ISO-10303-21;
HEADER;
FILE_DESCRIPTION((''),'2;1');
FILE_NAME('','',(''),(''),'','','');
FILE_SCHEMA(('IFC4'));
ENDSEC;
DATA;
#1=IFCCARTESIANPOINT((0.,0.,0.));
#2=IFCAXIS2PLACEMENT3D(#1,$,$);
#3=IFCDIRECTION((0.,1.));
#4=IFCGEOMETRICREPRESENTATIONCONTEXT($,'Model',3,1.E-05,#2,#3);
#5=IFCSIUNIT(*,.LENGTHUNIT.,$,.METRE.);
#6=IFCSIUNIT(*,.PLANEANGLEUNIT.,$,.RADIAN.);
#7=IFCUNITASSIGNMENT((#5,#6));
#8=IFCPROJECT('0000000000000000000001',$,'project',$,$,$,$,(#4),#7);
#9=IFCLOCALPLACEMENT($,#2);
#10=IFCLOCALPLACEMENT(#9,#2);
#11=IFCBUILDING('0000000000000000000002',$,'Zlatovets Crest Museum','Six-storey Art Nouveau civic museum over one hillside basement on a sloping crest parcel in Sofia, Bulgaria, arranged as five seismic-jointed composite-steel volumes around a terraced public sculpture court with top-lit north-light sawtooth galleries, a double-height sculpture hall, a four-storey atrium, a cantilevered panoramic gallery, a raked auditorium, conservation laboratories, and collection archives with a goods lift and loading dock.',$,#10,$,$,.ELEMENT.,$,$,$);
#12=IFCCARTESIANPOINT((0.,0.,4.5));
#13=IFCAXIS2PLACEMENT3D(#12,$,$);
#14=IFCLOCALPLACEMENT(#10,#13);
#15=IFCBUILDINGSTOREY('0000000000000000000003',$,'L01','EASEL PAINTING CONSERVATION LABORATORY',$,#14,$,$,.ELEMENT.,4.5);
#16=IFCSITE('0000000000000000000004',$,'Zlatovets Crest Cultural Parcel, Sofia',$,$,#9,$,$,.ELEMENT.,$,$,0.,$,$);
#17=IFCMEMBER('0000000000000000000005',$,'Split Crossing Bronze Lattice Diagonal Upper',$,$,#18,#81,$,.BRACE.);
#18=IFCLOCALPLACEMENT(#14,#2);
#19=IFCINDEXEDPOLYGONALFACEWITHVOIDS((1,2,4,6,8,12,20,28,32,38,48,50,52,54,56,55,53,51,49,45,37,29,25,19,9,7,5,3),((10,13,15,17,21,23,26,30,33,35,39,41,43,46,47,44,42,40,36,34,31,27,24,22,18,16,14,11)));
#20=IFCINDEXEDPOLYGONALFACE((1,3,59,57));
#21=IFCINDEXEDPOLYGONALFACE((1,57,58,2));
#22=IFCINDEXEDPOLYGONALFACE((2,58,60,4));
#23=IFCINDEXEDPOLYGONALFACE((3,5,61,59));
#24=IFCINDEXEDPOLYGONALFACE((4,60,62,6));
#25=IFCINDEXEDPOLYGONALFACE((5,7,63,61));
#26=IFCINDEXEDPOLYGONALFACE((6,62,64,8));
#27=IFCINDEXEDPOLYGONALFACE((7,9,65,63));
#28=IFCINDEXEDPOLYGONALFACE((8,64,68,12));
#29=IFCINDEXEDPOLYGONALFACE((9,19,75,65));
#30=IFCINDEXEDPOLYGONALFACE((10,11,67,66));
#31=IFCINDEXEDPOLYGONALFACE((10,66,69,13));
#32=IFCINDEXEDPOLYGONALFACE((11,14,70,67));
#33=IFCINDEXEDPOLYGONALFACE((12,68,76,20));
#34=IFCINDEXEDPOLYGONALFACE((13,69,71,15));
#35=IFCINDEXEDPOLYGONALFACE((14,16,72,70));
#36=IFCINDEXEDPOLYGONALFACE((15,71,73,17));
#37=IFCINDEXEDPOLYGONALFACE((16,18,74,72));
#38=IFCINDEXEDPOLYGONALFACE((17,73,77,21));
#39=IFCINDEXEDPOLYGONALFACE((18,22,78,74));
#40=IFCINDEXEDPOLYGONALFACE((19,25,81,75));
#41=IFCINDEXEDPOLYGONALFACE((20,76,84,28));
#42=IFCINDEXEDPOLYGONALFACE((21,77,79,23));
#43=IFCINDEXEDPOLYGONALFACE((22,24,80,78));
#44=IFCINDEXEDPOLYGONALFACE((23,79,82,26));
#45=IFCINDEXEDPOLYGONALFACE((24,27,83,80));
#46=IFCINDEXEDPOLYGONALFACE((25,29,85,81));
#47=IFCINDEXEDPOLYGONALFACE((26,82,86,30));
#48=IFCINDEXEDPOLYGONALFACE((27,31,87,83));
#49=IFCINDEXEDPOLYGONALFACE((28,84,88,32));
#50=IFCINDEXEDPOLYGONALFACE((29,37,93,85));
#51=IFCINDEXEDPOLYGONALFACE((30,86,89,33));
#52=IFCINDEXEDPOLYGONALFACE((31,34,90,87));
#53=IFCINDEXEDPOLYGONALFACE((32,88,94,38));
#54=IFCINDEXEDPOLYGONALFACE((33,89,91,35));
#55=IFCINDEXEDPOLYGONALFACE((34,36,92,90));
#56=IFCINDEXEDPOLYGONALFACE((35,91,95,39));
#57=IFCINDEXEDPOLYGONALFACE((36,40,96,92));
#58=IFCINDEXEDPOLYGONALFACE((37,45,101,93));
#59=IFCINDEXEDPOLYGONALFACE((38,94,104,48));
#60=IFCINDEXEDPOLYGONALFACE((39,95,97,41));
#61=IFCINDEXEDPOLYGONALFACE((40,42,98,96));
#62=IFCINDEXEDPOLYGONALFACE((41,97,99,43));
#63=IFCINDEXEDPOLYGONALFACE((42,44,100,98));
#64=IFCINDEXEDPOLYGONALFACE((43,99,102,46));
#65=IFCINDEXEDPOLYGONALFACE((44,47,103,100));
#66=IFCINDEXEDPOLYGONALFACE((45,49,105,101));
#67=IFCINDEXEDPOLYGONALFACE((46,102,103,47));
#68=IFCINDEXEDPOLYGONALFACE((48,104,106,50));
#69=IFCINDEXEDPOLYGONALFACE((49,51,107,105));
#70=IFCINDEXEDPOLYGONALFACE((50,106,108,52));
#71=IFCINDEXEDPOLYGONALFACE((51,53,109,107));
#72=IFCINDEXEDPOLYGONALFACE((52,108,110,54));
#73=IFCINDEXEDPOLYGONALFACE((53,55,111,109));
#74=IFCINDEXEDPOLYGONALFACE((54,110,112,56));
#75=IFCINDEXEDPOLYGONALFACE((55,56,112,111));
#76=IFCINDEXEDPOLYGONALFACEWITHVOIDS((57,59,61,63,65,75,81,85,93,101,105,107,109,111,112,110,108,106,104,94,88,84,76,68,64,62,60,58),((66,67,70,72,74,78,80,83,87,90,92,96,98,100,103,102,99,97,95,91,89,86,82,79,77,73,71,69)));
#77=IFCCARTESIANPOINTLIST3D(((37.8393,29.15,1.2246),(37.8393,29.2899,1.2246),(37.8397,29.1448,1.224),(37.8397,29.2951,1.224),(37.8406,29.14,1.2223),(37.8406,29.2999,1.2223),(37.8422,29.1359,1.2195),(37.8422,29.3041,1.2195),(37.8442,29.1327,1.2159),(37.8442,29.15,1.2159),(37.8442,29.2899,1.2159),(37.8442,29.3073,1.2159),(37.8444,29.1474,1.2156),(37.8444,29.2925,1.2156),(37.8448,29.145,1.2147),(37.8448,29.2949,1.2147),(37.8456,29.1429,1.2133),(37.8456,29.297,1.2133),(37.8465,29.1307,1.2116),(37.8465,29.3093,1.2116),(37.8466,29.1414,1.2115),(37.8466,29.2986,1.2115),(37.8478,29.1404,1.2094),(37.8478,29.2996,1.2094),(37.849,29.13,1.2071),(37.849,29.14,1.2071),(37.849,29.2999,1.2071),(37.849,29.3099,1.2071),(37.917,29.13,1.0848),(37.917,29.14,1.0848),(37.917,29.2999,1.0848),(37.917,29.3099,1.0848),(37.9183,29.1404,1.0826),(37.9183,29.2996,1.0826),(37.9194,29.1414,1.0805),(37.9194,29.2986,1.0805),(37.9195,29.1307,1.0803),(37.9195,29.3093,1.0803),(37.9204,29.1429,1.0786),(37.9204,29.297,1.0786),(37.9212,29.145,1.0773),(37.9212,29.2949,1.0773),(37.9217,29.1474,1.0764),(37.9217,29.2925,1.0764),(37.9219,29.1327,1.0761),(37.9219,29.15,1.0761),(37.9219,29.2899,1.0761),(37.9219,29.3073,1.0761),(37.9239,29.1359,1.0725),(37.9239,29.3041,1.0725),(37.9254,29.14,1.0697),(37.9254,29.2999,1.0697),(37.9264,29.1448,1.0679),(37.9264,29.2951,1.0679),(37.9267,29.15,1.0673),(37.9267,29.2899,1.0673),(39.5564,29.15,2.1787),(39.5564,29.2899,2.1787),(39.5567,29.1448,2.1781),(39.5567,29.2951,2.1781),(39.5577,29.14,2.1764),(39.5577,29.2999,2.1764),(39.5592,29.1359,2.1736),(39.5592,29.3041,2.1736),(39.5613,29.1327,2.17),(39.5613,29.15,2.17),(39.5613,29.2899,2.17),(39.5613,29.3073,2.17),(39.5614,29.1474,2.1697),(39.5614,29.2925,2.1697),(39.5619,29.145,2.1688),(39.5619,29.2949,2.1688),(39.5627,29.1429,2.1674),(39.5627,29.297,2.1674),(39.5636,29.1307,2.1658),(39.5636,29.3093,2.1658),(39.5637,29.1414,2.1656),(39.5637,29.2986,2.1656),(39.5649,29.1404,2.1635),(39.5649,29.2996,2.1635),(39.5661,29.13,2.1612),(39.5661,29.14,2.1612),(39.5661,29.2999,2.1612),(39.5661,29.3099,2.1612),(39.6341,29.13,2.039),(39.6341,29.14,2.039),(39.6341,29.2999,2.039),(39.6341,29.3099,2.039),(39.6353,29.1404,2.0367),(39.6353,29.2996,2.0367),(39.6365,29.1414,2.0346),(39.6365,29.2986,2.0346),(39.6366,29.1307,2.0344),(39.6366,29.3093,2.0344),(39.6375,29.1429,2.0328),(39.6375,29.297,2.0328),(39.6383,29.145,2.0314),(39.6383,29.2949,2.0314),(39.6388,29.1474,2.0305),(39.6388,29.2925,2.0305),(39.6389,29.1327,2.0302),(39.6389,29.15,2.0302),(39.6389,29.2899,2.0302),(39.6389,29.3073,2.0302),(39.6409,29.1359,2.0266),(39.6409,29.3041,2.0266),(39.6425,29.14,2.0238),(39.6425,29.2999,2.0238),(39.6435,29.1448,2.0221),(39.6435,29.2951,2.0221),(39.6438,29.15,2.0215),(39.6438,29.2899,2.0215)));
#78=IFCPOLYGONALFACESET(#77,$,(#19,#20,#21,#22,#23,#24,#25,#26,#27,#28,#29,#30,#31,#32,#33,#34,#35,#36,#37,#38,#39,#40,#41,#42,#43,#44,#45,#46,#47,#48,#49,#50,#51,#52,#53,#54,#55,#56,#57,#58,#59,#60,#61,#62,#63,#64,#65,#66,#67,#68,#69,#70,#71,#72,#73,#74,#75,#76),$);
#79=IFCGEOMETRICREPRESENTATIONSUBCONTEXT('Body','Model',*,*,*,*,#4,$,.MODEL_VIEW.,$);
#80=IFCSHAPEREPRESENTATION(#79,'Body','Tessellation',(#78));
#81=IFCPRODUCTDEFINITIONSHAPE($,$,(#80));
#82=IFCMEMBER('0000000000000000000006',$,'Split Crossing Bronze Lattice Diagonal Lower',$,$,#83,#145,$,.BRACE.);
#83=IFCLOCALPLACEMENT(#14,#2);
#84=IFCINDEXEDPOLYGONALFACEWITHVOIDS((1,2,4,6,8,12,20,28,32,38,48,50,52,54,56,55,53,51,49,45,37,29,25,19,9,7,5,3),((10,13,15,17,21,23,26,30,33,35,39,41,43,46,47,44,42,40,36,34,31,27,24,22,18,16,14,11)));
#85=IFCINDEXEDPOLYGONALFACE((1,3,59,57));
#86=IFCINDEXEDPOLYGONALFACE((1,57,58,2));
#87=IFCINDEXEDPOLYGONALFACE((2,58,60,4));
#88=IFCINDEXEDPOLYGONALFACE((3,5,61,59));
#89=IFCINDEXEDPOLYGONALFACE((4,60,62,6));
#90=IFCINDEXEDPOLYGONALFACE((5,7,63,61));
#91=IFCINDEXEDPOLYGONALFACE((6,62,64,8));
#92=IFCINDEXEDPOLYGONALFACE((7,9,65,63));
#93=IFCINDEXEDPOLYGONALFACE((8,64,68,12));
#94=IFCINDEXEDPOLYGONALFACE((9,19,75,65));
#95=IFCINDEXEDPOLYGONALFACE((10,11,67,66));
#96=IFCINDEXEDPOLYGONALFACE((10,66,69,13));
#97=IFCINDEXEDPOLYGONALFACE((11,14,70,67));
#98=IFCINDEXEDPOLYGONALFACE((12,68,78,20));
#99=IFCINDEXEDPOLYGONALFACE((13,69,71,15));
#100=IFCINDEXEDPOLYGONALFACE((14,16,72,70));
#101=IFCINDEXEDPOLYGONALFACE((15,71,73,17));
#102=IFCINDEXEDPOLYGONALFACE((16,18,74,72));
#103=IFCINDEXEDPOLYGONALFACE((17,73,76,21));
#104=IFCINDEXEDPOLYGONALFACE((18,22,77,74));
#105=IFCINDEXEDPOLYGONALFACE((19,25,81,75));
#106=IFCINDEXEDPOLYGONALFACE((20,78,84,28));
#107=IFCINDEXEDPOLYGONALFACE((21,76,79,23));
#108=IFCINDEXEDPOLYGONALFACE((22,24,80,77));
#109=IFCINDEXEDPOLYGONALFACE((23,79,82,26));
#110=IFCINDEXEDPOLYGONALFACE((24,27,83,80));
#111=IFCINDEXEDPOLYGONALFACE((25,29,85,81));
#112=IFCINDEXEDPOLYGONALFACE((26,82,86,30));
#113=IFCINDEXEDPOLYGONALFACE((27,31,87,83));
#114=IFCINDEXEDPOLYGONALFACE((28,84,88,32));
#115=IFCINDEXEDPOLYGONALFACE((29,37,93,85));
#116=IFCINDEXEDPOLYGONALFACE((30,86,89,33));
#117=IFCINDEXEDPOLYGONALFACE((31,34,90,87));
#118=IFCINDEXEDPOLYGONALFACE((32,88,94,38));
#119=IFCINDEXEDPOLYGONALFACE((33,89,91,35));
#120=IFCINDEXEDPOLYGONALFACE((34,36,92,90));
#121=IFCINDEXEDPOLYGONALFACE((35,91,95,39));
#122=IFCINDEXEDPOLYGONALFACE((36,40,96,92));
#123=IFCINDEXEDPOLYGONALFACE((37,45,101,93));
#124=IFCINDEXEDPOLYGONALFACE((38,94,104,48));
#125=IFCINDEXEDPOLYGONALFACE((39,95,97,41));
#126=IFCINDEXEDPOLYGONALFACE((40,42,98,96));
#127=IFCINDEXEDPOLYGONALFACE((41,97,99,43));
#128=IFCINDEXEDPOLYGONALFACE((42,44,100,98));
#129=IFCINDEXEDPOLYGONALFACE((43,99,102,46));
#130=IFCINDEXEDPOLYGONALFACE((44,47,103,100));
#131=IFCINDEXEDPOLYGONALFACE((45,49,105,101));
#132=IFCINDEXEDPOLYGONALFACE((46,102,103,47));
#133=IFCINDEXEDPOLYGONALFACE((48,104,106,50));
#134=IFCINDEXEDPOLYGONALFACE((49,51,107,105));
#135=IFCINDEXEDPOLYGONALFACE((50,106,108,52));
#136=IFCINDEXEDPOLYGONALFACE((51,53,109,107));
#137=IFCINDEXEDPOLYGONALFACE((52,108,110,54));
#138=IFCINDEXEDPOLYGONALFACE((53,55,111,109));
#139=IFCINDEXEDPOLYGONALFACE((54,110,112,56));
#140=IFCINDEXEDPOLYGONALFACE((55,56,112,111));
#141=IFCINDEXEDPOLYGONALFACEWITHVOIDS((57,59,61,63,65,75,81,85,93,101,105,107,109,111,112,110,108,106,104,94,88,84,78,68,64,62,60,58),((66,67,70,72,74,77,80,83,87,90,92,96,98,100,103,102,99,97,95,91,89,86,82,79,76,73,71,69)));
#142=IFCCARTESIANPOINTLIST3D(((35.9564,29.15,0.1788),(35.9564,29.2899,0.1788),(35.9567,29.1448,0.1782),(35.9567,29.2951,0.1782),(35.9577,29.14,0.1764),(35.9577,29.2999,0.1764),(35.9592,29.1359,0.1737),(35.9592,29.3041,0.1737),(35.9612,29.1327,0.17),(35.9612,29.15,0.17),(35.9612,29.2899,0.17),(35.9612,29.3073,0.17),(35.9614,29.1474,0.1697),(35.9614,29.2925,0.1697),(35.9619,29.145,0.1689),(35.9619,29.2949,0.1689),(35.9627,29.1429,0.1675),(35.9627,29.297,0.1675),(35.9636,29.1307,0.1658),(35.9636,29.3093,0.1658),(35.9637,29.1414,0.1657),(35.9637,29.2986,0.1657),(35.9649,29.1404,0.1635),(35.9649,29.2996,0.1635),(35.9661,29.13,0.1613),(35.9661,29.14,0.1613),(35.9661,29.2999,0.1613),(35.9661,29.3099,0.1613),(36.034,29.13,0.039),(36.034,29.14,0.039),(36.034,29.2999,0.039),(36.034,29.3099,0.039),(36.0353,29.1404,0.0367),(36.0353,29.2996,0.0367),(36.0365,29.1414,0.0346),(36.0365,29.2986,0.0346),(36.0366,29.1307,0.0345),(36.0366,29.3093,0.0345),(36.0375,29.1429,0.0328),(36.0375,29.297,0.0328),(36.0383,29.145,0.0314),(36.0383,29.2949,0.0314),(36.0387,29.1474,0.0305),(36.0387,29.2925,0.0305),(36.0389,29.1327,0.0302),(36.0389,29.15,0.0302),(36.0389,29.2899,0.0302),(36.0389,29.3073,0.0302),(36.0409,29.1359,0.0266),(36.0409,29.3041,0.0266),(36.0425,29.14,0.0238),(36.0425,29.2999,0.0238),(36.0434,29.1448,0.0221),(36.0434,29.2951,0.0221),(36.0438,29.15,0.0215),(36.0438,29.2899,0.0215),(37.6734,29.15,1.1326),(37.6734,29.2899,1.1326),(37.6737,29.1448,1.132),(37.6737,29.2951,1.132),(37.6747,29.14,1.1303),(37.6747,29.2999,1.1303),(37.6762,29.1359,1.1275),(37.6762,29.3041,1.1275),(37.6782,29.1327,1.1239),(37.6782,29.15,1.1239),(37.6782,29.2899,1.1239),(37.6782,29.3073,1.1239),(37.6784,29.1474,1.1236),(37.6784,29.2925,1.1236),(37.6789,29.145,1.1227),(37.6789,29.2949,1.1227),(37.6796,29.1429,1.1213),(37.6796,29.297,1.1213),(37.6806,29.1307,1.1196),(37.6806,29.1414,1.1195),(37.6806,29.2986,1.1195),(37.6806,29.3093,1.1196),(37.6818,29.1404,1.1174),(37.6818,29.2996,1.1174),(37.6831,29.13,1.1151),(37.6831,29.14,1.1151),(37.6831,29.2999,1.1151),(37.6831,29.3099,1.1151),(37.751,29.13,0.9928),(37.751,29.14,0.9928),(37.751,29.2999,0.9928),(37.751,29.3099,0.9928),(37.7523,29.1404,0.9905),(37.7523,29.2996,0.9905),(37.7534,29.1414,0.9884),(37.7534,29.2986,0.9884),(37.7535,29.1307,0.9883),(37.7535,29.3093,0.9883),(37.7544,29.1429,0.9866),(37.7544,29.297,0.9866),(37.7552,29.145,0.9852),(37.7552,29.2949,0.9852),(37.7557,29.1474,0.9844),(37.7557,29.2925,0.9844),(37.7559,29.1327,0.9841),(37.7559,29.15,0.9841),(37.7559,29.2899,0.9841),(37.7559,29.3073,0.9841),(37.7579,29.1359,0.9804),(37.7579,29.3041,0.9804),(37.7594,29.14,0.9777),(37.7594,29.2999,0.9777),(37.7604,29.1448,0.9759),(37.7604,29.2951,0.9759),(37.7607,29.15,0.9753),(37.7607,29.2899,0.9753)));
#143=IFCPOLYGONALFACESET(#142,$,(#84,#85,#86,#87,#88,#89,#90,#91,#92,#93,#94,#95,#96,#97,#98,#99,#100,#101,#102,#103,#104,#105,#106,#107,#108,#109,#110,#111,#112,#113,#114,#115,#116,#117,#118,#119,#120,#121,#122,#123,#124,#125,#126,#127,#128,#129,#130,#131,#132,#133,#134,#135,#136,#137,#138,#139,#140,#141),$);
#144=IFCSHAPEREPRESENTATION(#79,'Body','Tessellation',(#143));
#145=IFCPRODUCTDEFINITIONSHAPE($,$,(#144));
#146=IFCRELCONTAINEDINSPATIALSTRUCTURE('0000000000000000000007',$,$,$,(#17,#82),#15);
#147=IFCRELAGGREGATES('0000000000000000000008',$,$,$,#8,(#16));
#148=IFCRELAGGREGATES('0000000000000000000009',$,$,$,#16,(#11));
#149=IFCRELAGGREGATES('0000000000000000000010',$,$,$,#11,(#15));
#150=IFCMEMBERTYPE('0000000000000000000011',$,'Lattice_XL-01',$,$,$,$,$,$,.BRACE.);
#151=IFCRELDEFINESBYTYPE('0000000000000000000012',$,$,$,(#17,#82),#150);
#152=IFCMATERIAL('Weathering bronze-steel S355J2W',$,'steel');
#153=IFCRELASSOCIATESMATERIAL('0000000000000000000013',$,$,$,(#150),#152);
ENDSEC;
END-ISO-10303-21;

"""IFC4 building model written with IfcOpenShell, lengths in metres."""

from ifc_helpers import new_model, si_unit, direction, frame, origin, origin_2d, place, context, subcontext, project, spatial, hollow_rectangle, extrude, material, material_profile, profile_set, type_object, element, save


model = new_model("IFC4")

# Units and contexts
model_context = context("Model", 3, precision=1e-05, world=origin(), true_north=direction((0.0, 1.0)))
body_context = subcontext(model_context, "Body", "Model", "MODEL_VIEW")
ifc_project = project(units=[si_unit("LENGTHUNIT", "METRE"), si_unit("PLANEANGLEUNIT", "RADIAN")], contexts=[model_context])

# Site, building, storey
site_placement = place(None, origin())
site = spatial("IfcSite", under=ifc_project, at=site_placement, Name="Zlatovets Crest Cultural Parcel, Sofia", CompositionType="ELEMENT", RefElevation=0.0)
building_placement = place(site_placement, origin())
building = spatial("IfcBuilding", under=site, at=building_placement, Name="Zlatovets Crest Museum", Description="Six-storey Art Nouveau civic museum over one hillside basement on a sloping crest parcel in Sofia, Bulgaria, arranged as five seismic-jointed composite-steel volumes around a terraced public sculpture court with top-lit north-light sawtooth galleries, a double-height sculpture hall, a four-storey atrium, a cantilevered panoramic gallery, a raked auditorium, conservation laboratories, and collection archives with a goods lift and loading dock.", CompositionType="ELEMENT")
storey_placement = place(building_placement, frame((0.0, 0.0, 4.5)))
storey = spatial("IfcBuildingStorey", under=building, at=storey_placement, Name="L01", Description="EASEL PAINTING CONSERVATION LABORATORY", CompositionType="ELEMENT", Elevation=4.5)

# Members
ifc_material_1 = material(Name="Weathering bronze-steel S355J2W", Category="steel")
ifc_material_profile_1 = material_profile(ifc_material_1, hollow_rectangle(XDim=0.1799, YDim=0.1799, WallThickness=0.01, InnerFilletRadius=0.01, OuterFilletRadius=0.02, at=origin_2d()), Name="SHS 180x180x10.0")
ifc_profile_set_1 = profile_set([ifc_material_profile_1], Name="Weathering bronze-steel S355J2W")
member_type_1 = type_object("IfcMemberType", Name="Lattice_XL-01", PredefinedType="BRACE", material=ifc_profile_set_1)
member_1_placement = place(storey_placement, frame((39.6001, 29.22, 2.1001), z_axis=(-0.874116, 0.0, -0.485717), x_axis=(0.0, -1.0, 0.0)))
element("IfcMember", 1, at=member_1_placement, inside=storey, type_object=member_type_1, Name="Split Crossing Bronze Lattice Diagonal Upper", PredefinedType="BRACE", context=body_context, shape_type="SweptSolid", body=[
    extrude(hollow_rectangle(XDim=0.1799, YDim=0.1799, WallThickness=0.01, InnerFilletRadius=0.01, OuterFilletRadius=0.02, at=origin_2d()), origin(), (0.0, 0.0, 1.0), 1.9644),
])
member_2_placement = place(storey_placement, frame((37.717, 29.22, 1.054), z_axis=(-0.874169, 0.0, -0.485622), x_axis=(0.0, -1.0, 0.0)))
element("IfcMember", 2, at=member_2_placement, inside=storey, type_object=member_type_1, Name="Split Crossing Bronze Lattice Diagonal Lower", PredefinedType="BRACE", context=body_context, shape_type="SweptSolid", body=[
    extrude(hollow_rectangle(XDim=0.1799, YDim=0.1799, WallThickness=0.01, InnerFilletRadius=0.01, OuterFilletRadius=0.02, at=origin_2d()), origin(), (0.0, 0.0, 1.0), 1.9641),
])

save(model, "model.ifc")
